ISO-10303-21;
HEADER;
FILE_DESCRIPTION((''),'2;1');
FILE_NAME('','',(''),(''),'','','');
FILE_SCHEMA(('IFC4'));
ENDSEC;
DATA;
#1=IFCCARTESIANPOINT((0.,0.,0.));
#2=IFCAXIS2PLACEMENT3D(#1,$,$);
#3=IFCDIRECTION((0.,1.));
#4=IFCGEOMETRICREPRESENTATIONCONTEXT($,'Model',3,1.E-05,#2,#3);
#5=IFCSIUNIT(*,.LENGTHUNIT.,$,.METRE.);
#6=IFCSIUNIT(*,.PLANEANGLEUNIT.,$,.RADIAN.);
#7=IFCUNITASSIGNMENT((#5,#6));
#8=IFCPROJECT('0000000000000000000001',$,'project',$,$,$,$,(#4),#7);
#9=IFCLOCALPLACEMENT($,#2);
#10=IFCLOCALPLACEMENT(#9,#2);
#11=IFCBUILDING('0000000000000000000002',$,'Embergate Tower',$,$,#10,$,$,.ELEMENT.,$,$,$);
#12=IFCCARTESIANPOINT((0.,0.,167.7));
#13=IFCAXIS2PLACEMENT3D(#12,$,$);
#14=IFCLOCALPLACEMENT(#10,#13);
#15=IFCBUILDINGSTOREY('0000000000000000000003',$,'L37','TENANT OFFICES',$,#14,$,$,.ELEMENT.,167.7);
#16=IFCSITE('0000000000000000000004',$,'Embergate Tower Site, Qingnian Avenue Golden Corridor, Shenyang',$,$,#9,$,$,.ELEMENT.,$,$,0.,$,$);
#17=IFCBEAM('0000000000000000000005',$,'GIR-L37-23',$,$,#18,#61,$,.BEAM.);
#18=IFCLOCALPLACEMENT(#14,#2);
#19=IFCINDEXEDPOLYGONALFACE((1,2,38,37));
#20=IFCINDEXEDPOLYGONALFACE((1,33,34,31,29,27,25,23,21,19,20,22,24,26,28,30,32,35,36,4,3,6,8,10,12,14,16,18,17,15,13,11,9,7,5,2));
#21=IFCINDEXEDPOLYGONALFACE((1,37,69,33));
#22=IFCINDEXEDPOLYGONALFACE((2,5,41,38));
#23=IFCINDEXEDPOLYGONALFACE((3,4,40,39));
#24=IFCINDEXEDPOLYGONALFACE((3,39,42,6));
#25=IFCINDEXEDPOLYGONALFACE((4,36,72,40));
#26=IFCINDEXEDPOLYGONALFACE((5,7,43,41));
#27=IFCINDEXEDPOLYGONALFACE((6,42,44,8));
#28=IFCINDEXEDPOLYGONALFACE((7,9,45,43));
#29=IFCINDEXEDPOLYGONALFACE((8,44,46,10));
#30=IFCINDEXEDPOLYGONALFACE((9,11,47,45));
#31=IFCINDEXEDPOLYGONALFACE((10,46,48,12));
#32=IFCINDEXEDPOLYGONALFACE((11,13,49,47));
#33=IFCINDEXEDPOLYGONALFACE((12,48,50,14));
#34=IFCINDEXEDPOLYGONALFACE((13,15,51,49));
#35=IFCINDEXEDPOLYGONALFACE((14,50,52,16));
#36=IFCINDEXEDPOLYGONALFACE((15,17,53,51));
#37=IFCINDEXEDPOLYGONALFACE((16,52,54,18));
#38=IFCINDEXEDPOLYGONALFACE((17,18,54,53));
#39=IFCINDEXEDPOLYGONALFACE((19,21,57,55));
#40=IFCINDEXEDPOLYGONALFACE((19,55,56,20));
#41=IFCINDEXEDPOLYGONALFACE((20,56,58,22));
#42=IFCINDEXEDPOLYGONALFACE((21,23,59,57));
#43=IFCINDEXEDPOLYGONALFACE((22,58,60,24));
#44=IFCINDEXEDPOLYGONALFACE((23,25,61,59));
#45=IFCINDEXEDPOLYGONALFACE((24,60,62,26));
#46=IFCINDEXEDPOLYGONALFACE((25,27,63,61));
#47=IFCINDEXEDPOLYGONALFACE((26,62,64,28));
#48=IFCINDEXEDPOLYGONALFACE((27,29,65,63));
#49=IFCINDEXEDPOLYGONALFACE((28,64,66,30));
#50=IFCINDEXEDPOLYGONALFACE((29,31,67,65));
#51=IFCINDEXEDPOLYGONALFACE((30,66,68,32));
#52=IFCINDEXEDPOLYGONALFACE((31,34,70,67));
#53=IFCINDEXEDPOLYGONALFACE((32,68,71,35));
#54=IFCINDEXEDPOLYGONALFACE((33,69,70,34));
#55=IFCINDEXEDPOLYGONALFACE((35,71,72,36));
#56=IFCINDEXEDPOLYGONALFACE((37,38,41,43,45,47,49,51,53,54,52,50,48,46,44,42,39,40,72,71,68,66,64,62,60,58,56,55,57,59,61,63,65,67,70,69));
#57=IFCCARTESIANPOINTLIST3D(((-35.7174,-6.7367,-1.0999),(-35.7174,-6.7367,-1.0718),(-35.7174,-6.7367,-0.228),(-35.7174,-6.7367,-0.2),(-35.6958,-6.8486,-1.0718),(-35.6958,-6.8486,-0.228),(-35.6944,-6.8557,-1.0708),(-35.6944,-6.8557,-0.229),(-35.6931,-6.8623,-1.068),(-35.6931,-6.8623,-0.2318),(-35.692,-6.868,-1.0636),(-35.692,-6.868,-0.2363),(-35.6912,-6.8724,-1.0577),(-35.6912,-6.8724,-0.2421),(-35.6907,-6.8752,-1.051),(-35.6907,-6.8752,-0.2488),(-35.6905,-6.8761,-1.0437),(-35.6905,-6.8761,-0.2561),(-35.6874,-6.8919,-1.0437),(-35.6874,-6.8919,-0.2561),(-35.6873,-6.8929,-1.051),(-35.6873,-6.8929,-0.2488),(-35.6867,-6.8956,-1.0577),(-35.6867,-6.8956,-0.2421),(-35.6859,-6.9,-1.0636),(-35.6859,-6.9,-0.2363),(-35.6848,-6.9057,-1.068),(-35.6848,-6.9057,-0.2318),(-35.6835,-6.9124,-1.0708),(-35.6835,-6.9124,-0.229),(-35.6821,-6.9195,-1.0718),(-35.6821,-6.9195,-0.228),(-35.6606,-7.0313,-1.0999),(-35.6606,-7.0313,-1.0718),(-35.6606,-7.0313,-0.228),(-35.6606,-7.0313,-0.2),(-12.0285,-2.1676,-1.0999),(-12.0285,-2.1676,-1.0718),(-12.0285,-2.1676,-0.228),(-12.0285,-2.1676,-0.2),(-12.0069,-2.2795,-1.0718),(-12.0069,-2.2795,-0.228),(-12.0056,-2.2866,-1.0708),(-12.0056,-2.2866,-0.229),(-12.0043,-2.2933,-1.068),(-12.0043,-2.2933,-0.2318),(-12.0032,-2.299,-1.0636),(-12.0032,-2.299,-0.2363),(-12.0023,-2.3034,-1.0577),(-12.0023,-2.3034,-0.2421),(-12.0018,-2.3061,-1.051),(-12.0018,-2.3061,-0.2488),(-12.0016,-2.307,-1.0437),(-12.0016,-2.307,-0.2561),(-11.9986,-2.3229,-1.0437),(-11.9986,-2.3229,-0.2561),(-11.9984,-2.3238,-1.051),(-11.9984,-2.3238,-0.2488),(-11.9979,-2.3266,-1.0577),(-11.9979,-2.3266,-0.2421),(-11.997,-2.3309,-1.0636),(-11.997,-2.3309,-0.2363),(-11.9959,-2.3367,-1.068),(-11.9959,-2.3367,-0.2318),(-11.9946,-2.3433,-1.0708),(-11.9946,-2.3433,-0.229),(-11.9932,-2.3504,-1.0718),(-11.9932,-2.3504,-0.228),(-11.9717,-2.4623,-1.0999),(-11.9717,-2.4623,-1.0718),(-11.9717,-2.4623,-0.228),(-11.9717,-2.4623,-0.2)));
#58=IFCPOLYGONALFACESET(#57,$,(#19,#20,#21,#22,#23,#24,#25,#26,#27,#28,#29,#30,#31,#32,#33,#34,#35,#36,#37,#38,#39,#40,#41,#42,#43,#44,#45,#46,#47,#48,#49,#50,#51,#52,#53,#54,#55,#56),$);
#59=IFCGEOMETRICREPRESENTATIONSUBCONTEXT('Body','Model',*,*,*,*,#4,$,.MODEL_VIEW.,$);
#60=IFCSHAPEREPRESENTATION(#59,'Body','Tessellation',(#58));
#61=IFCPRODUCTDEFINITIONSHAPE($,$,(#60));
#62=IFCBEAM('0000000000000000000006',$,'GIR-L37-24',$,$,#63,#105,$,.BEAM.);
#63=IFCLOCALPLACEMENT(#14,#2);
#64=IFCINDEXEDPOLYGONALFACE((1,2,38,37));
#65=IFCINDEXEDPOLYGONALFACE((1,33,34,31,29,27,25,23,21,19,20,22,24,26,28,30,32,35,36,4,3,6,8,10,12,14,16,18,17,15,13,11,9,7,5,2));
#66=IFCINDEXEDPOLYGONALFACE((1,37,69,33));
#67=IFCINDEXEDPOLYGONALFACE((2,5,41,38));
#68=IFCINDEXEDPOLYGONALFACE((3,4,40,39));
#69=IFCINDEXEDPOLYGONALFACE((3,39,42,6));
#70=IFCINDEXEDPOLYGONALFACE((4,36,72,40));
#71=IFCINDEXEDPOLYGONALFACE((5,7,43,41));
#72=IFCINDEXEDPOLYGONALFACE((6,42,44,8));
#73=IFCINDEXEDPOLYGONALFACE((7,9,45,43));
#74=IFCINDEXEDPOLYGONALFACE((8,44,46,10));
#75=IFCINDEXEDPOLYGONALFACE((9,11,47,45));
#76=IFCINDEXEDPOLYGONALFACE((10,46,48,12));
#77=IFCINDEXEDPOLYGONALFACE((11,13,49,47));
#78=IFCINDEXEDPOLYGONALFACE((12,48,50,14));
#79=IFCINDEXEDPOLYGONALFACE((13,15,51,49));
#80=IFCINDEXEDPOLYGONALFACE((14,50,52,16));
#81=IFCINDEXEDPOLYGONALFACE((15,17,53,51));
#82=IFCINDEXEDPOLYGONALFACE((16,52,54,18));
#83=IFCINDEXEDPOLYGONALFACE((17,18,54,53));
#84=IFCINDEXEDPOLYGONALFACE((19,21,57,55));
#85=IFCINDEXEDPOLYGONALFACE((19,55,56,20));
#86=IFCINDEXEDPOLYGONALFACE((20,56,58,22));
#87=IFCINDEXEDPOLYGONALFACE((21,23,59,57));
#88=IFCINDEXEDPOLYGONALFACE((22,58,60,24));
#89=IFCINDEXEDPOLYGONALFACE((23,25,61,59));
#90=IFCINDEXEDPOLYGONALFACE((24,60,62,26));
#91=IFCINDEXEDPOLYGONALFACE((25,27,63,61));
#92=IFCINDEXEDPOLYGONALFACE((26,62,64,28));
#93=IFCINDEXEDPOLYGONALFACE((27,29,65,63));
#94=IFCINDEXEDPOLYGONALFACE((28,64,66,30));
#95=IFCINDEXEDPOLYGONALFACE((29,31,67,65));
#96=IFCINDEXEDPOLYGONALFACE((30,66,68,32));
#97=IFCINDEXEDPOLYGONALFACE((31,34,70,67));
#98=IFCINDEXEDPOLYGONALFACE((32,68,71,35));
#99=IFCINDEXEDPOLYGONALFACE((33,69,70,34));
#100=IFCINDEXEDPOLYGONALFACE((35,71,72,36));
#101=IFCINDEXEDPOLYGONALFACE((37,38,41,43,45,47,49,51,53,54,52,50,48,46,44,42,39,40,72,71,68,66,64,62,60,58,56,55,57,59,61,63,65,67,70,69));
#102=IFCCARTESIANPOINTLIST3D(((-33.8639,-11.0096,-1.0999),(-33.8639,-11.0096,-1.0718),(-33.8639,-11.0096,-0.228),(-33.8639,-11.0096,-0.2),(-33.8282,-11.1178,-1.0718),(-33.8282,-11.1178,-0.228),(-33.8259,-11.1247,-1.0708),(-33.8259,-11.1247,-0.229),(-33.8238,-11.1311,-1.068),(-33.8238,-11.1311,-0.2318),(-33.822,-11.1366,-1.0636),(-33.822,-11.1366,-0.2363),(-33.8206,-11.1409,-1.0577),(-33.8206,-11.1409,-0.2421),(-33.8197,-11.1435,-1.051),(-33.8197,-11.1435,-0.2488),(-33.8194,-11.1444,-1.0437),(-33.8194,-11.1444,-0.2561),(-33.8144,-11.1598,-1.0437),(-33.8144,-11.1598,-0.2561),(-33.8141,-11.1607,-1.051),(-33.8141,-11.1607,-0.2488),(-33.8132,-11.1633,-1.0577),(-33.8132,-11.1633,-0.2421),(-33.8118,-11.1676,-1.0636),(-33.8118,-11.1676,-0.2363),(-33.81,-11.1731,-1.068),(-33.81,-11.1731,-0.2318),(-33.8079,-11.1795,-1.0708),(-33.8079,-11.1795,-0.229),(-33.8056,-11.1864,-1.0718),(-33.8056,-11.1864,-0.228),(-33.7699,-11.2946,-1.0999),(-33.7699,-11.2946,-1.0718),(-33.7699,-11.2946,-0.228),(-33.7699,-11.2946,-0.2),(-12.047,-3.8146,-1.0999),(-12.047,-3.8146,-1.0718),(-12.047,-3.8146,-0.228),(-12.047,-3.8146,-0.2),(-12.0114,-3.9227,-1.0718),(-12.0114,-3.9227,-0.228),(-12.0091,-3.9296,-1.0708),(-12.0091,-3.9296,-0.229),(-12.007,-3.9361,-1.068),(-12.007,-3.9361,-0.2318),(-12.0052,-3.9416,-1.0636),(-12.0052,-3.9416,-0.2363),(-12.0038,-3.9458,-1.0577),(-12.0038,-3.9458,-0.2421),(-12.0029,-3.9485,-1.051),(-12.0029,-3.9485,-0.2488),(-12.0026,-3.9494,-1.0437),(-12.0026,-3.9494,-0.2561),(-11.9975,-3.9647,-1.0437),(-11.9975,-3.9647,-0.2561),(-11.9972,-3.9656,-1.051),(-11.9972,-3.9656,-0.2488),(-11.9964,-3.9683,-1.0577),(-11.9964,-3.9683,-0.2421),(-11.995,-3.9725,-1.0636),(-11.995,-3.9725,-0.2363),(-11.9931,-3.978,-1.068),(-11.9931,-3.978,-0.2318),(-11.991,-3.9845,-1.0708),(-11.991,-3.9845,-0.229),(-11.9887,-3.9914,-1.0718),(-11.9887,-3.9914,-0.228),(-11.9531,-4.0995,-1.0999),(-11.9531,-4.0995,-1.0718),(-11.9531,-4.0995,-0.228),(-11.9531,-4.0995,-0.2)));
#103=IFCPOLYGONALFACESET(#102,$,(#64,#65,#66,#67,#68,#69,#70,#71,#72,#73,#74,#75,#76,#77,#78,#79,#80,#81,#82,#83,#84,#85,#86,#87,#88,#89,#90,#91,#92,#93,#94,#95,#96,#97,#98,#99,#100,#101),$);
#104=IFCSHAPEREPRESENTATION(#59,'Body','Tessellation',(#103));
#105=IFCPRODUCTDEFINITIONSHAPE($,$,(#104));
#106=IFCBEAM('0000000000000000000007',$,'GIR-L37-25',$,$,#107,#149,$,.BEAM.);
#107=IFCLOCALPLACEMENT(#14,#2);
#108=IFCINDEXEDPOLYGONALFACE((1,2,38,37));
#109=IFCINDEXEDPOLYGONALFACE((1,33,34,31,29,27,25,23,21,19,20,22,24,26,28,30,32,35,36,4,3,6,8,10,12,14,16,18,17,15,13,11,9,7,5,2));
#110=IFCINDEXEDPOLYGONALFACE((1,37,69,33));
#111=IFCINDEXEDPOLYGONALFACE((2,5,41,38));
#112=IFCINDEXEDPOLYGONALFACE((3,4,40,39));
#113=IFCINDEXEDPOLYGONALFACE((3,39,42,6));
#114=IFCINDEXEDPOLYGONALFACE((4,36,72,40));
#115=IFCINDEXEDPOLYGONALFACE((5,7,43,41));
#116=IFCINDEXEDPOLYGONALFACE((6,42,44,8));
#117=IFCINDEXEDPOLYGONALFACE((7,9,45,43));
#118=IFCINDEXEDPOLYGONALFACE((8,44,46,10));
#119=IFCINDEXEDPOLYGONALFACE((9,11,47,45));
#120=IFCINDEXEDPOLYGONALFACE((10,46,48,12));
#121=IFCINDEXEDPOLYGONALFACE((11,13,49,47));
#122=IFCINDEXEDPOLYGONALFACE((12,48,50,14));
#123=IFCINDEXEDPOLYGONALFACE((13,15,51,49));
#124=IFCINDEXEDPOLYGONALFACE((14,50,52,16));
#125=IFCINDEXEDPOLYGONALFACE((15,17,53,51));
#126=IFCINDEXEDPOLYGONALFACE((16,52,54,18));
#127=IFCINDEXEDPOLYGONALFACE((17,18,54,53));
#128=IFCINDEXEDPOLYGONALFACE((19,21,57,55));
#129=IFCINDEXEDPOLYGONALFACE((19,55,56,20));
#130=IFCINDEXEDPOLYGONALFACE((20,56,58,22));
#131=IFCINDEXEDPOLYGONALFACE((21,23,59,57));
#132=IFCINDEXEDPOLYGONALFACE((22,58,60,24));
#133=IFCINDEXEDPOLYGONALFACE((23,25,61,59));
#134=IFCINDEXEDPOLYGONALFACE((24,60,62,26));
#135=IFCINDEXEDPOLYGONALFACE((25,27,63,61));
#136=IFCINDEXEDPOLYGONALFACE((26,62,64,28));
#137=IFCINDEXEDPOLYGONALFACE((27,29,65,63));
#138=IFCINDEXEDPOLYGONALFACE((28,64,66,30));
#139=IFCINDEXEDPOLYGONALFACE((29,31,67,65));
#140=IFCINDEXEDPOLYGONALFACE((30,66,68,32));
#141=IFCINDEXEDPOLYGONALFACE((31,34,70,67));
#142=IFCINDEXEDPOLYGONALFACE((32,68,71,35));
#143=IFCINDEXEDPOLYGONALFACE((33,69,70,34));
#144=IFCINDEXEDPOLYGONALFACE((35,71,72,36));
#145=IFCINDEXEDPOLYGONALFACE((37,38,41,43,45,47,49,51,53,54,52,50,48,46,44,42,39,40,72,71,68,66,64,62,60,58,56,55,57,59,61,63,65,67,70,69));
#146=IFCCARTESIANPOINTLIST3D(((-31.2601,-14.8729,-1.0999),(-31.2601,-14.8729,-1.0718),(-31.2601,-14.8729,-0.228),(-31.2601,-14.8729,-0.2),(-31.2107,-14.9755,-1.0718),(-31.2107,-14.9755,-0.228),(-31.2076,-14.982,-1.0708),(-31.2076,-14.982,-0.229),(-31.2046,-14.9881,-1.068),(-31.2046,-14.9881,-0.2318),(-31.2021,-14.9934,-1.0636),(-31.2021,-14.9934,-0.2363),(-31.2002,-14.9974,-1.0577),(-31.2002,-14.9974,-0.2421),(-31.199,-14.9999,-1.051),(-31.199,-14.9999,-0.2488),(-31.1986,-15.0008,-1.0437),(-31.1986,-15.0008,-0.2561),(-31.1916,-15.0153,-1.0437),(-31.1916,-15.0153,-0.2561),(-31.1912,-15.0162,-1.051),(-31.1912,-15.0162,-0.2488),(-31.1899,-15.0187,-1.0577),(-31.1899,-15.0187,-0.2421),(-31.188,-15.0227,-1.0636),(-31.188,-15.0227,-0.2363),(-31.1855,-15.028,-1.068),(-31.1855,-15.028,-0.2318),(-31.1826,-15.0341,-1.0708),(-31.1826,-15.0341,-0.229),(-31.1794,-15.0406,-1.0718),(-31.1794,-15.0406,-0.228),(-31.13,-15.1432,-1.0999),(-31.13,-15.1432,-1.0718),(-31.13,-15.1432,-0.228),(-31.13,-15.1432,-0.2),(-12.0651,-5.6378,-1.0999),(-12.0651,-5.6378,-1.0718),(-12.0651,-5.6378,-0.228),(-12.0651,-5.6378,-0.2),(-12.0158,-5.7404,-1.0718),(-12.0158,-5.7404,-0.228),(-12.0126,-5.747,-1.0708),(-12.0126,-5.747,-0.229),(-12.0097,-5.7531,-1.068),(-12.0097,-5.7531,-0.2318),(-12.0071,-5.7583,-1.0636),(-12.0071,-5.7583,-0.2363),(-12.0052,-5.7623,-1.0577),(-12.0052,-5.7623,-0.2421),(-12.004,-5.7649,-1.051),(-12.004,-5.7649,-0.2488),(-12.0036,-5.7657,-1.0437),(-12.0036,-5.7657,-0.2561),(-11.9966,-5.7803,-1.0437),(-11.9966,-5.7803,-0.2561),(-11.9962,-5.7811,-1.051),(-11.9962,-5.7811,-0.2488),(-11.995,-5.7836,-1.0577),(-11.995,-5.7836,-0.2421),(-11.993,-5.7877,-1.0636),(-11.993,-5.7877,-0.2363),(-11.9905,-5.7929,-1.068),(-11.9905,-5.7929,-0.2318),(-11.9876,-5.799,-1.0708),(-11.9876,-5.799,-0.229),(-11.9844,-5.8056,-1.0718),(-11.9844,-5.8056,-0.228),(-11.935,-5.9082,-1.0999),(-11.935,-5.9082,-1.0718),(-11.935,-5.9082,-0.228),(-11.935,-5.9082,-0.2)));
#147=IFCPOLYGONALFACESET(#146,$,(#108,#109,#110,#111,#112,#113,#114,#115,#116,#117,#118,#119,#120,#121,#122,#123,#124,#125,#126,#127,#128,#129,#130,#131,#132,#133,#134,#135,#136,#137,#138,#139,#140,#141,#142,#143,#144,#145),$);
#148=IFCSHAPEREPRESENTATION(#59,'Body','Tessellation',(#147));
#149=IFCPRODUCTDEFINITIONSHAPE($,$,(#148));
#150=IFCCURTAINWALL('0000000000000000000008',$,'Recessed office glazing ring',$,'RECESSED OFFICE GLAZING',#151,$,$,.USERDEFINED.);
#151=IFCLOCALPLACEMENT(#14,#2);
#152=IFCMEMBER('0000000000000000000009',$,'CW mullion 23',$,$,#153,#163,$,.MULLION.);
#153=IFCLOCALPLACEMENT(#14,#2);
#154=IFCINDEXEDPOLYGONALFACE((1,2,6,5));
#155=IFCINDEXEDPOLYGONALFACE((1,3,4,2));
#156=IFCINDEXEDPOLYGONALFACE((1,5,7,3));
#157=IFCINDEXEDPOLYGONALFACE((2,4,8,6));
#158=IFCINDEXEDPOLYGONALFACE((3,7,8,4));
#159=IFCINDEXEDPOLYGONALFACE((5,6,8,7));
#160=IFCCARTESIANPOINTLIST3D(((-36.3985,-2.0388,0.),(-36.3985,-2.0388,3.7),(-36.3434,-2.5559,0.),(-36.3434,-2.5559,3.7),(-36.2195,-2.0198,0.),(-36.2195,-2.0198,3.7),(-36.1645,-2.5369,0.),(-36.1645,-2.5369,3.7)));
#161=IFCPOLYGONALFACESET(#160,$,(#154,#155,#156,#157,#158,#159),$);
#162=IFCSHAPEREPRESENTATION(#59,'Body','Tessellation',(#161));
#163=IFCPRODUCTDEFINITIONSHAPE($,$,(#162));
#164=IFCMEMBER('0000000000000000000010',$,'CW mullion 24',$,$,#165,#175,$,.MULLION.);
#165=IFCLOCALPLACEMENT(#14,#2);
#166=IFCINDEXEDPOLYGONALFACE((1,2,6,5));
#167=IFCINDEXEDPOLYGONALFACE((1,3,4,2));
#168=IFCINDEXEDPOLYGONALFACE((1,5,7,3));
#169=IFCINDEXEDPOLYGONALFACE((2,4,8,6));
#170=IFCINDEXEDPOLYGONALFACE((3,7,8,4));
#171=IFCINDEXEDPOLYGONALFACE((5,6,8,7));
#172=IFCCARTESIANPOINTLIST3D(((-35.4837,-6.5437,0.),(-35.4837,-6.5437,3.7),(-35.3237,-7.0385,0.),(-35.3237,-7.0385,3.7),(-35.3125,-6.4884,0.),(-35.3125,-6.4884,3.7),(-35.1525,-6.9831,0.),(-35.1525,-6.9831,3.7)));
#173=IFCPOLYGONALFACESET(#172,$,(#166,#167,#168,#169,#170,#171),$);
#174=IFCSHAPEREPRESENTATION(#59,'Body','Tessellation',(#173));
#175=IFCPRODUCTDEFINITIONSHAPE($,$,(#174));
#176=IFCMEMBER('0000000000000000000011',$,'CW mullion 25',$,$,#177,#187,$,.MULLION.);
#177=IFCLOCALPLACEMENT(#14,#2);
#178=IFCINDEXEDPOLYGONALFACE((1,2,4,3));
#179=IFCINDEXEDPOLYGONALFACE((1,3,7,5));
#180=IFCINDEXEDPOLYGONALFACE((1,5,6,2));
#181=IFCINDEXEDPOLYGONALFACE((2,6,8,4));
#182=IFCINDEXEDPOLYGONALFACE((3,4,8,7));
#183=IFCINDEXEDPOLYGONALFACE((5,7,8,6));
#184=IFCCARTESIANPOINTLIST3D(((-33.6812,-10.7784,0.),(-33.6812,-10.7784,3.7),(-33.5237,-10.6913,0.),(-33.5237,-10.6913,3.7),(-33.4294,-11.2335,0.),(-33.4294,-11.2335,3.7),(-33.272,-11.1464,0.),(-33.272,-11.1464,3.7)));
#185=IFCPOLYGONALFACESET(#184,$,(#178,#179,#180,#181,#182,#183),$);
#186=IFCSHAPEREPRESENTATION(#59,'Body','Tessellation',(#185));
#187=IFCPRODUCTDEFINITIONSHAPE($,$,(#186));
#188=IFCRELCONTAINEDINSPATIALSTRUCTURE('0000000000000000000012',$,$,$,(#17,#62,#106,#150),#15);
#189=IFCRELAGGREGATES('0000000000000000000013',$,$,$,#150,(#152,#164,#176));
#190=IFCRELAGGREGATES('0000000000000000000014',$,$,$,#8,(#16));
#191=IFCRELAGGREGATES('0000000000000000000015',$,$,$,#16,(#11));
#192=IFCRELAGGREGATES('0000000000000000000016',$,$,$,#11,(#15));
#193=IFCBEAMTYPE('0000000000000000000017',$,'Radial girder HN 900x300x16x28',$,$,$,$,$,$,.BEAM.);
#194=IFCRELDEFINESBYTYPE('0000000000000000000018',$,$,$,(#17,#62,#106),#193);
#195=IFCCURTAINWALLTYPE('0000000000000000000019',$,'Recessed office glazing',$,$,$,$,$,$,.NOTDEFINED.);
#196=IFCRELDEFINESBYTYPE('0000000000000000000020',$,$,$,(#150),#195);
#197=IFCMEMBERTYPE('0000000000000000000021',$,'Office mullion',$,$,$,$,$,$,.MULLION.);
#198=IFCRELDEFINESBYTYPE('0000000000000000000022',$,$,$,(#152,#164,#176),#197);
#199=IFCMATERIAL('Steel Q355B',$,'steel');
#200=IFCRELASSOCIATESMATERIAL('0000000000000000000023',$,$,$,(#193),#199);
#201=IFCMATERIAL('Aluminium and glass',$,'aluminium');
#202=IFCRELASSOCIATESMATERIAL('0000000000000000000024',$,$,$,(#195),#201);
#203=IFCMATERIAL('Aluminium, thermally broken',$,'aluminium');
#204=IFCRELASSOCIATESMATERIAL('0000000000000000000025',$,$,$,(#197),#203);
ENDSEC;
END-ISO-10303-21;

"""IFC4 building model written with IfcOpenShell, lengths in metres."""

from ifc_helpers import new_model, si_unit, direction, frame, origin, origin_2d, place, context, subcontext, project, spatial, rectangle, i_section, extrude, source, transform, mapped, material, material_profile, profile_set, type_object, element, aggregate, save


model = new_model("IFC4")

# Units and contexts
model_context = context("Model", 3, precision=1e-05, world=origin(), true_north=direction((0.0, 1.0)))
body_context = subcontext(model_context, "Body", "Model", "MODEL_VIEW")
ifc_project = project(units=[si_unit("LENGTHUNIT", "METRE"), si_unit("PLANEANGLEUNIT", "RADIAN")], contexts=[model_context])

# Site, building, storey
site_placement = place(None, origin())
site = spatial("IfcSite", under=ifc_project, at=site_placement, Name="Embergate Tower Site, Qingnian Avenue Golden Corridor, Shenyang", CompositionType="ELEMENT", RefElevation=0.0)
building_placement = place(site_placement, origin())
building = spatial("IfcBuilding", under=site, at=building_placement, Name="Embergate Tower", CompositionType="ELEMENT")
storey_placement = place(building_placement, frame((0.0, 0.0, 167.7)))
storey = spatial("IfcBuildingStorey", under=building, at=storey_placement, Name="L37", Description="TENANT OFFICES", CompositionType="ELEMENT", Elevation=167.7)

# Beams
ifc_material_1 = material(Name="Steel Q355B", Category="steel")
ifc_material_profile_1 = material_profile(ifc_material_1, i_section(OverallWidth=0.3, OverallDepth=0.8999, WebThickness=0.0161, FlangeThickness=0.0281, FilletRadius=0.0281, at=origin_2d()), Name="HN 900x300x16x28")
ifc_profile_set_1 = profile_set([ifc_material_profile_1], Name="Steel Q355 grade B")
beam_type_1 = type_object("IfcBeamType", Name="Radial girder HN 900x300x16x28", PredefinedType="BEAM", material=ifc_profile_set_1)
shared_shape_1 = source(origin(), body_context, "Body", "SweptSolid", [
    extrude(i_section(OverallWidth=0.3, OverallDepth=0.8999, WebThickness=0.0161, FlangeThickness=0.0281, FilletRadius=0.0281, at=origin_2d()), origin(), (0.0, 0.0, 1.0), 24.1255),
])
beam_1_placement = place(storey_placement, frame((-35.689, -6.884, -0.6499), z_axis=(0.981902, 0.189388, 0.0), x_axis=(-0.189388, 0.981902, 0.0)))
element("IfcBeam", 1, at=beam_1_placement, inside=storey, type_object=beam_type_1, Name="GIR-L37-23", PredefinedType="BEAM", context=body_context, shape_type="MappedRepresentation", body=[
    mapped(shared_shape_1, transform((0.0, 0.0, 0.0))),
])
shared_shape_2 = source(origin(), body_context, "Body", "SweptSolid", [
    extrude(i_section(OverallWidth=0.3, OverallDepth=0.8999, WebThickness=0.0161, FlangeThickness=0.0281, FilletRadius=0.0281, at=origin_2d()), origin(), (0.0, 0.0, 1.0), 22.9727),
])
beam_2_placement = place(storey_placement, frame((-33.8169, -11.1521, -0.6499), z_axis=(0.949687, 0.313201, 0.0), x_axis=(-0.313201, 0.949687, 0.0)))
element("IfcBeam", 2, at=beam_2_placement, inside=storey, type_object=beam_type_1, Name="GIR-L37-24", PredefinedType="BEAM", context=body_context, shape_type="MappedRepresentation", body=[
    mapped(shared_shape_2, transform((0.0, 0.0, 0.0))),
])
shared_shape_3 = source(origin(), body_context, "Body", "SweptSolid", [
    extrude(i_section(OverallWidth=0.3, OverallDepth=0.8999, WebThickness=0.0161, FlangeThickness=0.0281, FilletRadius=0.0281, at=origin_2d()), origin(), (0.0, 0.0, 1.0), 21.301),
])
beam_3_placement = place(storey_placement, frame((-31.1951, -15.0081, -0.6499), z_axis=(0.901129, 0.43355, 0.0), x_axis=(-0.43355, 0.901129, 0.0)))
element("IfcBeam", 3, at=beam_3_placement, inside=storey, type_object=beam_type_1, Name="GIR-L37-25", PredefinedType="BEAM", context=body_context, shape_type="MappedRepresentation", body=[
    mapped(shared_shape_3, transform((0.0, 0.0, 0.0))),
])

# Curtain wall, members
ifc_material_2 = material(Name="Aluminium and glass", Category="aluminium")
curtain_wall_type = type_object("IfcCurtainWallType", Name="Recessed office glazing", PredefinedType="NOTDEFINED", material=ifc_material_2)
curtain_wall_placement = place(storey_placement, origin())
curtain_wall = element("IfcCurtainWall", 4, at=curtain_wall_placement, inside=storey, type_object=curtain_wall_type, Name="Recessed office glazing ring", ObjectType="RECESSED OFFICE GLAZING", PredefinedType="USERDEFINED")
ifc_material_3 = material(Name="Aluminium, thermally broken", Category="aluminium")
ifc_material_profile_2 = material_profile(ifc_material_3, rectangle(XDim=0.1799, YDim=0.52, at=origin_2d()), Name="AL 520x180")
ifc_profile_set_2 = profile_set([ifc_material_profile_2], Name="Aluminium, thermally broken")
member_type_1 = type_object("IfcMemberType", Name="Office mullion", PredefinedType="MULLION", material=ifc_profile_set_2)
shared_shape_4 = source(origin(), body_context, "Body", "SweptSolid", [
    extrude(rectangle(XDim=0.1799, YDim=0.52, at=origin_2d()), origin(), (0.0, 0.0, 1.0), 3.7),
])
member_1_placement = place(storey_placement, frame((-36.2815, -2.2878, 0.0), z_axis=(0.0, 0.0, 1.0), x_axis=(0.994385, 0.105823, 0.0)))
member_1 = element("IfcMember", 5, at=member_1_placement, type_object=member_type_1, Name="CW mullion 23", PredefinedType="MULLION", context=body_context, shape_type="MappedRepresentation", body=[
    mapped(shared_shape_4, transform((0.0, 0.0, 0.0))),
])
member_2_placement = place(storey_placement, frame((-35.3181, -6.7634, 0.0), z_axis=(0.0, 0.0, 1.0), x_axis=(0.951498, 0.307656, 0.0)))
member_2 = element("IfcMember", 6, at=member_2_placement, type_object=member_type_1, Name="CW mullion 24", PredefinedType="MULLION", context=body_context, shape_type="MappedRepresentation", body=[
    mapped(shared_shape_4, transform((0.0, 0.0, 0.0))),
])
member_3_placement = place(storey_placement, frame((-33.4766, -10.9624, 0.0), z_axis=(0.0, 0.0, 1.0), x_axis=(0.875002, 0.484119, 0.0)))
member_3 = element("IfcMember", 7, at=member_3_placement, type_object=member_type_1, Name="CW mullion 25", PredefinedType="MULLION", context=body_context, shape_type="MappedRepresentation", body=[
    mapped(shared_shape_4, transform((0.0, 0.0, 0.0))),
])
aggregate(curtain_wall, [member_1, member_2, member_3])

save(model, "model.ifc")
